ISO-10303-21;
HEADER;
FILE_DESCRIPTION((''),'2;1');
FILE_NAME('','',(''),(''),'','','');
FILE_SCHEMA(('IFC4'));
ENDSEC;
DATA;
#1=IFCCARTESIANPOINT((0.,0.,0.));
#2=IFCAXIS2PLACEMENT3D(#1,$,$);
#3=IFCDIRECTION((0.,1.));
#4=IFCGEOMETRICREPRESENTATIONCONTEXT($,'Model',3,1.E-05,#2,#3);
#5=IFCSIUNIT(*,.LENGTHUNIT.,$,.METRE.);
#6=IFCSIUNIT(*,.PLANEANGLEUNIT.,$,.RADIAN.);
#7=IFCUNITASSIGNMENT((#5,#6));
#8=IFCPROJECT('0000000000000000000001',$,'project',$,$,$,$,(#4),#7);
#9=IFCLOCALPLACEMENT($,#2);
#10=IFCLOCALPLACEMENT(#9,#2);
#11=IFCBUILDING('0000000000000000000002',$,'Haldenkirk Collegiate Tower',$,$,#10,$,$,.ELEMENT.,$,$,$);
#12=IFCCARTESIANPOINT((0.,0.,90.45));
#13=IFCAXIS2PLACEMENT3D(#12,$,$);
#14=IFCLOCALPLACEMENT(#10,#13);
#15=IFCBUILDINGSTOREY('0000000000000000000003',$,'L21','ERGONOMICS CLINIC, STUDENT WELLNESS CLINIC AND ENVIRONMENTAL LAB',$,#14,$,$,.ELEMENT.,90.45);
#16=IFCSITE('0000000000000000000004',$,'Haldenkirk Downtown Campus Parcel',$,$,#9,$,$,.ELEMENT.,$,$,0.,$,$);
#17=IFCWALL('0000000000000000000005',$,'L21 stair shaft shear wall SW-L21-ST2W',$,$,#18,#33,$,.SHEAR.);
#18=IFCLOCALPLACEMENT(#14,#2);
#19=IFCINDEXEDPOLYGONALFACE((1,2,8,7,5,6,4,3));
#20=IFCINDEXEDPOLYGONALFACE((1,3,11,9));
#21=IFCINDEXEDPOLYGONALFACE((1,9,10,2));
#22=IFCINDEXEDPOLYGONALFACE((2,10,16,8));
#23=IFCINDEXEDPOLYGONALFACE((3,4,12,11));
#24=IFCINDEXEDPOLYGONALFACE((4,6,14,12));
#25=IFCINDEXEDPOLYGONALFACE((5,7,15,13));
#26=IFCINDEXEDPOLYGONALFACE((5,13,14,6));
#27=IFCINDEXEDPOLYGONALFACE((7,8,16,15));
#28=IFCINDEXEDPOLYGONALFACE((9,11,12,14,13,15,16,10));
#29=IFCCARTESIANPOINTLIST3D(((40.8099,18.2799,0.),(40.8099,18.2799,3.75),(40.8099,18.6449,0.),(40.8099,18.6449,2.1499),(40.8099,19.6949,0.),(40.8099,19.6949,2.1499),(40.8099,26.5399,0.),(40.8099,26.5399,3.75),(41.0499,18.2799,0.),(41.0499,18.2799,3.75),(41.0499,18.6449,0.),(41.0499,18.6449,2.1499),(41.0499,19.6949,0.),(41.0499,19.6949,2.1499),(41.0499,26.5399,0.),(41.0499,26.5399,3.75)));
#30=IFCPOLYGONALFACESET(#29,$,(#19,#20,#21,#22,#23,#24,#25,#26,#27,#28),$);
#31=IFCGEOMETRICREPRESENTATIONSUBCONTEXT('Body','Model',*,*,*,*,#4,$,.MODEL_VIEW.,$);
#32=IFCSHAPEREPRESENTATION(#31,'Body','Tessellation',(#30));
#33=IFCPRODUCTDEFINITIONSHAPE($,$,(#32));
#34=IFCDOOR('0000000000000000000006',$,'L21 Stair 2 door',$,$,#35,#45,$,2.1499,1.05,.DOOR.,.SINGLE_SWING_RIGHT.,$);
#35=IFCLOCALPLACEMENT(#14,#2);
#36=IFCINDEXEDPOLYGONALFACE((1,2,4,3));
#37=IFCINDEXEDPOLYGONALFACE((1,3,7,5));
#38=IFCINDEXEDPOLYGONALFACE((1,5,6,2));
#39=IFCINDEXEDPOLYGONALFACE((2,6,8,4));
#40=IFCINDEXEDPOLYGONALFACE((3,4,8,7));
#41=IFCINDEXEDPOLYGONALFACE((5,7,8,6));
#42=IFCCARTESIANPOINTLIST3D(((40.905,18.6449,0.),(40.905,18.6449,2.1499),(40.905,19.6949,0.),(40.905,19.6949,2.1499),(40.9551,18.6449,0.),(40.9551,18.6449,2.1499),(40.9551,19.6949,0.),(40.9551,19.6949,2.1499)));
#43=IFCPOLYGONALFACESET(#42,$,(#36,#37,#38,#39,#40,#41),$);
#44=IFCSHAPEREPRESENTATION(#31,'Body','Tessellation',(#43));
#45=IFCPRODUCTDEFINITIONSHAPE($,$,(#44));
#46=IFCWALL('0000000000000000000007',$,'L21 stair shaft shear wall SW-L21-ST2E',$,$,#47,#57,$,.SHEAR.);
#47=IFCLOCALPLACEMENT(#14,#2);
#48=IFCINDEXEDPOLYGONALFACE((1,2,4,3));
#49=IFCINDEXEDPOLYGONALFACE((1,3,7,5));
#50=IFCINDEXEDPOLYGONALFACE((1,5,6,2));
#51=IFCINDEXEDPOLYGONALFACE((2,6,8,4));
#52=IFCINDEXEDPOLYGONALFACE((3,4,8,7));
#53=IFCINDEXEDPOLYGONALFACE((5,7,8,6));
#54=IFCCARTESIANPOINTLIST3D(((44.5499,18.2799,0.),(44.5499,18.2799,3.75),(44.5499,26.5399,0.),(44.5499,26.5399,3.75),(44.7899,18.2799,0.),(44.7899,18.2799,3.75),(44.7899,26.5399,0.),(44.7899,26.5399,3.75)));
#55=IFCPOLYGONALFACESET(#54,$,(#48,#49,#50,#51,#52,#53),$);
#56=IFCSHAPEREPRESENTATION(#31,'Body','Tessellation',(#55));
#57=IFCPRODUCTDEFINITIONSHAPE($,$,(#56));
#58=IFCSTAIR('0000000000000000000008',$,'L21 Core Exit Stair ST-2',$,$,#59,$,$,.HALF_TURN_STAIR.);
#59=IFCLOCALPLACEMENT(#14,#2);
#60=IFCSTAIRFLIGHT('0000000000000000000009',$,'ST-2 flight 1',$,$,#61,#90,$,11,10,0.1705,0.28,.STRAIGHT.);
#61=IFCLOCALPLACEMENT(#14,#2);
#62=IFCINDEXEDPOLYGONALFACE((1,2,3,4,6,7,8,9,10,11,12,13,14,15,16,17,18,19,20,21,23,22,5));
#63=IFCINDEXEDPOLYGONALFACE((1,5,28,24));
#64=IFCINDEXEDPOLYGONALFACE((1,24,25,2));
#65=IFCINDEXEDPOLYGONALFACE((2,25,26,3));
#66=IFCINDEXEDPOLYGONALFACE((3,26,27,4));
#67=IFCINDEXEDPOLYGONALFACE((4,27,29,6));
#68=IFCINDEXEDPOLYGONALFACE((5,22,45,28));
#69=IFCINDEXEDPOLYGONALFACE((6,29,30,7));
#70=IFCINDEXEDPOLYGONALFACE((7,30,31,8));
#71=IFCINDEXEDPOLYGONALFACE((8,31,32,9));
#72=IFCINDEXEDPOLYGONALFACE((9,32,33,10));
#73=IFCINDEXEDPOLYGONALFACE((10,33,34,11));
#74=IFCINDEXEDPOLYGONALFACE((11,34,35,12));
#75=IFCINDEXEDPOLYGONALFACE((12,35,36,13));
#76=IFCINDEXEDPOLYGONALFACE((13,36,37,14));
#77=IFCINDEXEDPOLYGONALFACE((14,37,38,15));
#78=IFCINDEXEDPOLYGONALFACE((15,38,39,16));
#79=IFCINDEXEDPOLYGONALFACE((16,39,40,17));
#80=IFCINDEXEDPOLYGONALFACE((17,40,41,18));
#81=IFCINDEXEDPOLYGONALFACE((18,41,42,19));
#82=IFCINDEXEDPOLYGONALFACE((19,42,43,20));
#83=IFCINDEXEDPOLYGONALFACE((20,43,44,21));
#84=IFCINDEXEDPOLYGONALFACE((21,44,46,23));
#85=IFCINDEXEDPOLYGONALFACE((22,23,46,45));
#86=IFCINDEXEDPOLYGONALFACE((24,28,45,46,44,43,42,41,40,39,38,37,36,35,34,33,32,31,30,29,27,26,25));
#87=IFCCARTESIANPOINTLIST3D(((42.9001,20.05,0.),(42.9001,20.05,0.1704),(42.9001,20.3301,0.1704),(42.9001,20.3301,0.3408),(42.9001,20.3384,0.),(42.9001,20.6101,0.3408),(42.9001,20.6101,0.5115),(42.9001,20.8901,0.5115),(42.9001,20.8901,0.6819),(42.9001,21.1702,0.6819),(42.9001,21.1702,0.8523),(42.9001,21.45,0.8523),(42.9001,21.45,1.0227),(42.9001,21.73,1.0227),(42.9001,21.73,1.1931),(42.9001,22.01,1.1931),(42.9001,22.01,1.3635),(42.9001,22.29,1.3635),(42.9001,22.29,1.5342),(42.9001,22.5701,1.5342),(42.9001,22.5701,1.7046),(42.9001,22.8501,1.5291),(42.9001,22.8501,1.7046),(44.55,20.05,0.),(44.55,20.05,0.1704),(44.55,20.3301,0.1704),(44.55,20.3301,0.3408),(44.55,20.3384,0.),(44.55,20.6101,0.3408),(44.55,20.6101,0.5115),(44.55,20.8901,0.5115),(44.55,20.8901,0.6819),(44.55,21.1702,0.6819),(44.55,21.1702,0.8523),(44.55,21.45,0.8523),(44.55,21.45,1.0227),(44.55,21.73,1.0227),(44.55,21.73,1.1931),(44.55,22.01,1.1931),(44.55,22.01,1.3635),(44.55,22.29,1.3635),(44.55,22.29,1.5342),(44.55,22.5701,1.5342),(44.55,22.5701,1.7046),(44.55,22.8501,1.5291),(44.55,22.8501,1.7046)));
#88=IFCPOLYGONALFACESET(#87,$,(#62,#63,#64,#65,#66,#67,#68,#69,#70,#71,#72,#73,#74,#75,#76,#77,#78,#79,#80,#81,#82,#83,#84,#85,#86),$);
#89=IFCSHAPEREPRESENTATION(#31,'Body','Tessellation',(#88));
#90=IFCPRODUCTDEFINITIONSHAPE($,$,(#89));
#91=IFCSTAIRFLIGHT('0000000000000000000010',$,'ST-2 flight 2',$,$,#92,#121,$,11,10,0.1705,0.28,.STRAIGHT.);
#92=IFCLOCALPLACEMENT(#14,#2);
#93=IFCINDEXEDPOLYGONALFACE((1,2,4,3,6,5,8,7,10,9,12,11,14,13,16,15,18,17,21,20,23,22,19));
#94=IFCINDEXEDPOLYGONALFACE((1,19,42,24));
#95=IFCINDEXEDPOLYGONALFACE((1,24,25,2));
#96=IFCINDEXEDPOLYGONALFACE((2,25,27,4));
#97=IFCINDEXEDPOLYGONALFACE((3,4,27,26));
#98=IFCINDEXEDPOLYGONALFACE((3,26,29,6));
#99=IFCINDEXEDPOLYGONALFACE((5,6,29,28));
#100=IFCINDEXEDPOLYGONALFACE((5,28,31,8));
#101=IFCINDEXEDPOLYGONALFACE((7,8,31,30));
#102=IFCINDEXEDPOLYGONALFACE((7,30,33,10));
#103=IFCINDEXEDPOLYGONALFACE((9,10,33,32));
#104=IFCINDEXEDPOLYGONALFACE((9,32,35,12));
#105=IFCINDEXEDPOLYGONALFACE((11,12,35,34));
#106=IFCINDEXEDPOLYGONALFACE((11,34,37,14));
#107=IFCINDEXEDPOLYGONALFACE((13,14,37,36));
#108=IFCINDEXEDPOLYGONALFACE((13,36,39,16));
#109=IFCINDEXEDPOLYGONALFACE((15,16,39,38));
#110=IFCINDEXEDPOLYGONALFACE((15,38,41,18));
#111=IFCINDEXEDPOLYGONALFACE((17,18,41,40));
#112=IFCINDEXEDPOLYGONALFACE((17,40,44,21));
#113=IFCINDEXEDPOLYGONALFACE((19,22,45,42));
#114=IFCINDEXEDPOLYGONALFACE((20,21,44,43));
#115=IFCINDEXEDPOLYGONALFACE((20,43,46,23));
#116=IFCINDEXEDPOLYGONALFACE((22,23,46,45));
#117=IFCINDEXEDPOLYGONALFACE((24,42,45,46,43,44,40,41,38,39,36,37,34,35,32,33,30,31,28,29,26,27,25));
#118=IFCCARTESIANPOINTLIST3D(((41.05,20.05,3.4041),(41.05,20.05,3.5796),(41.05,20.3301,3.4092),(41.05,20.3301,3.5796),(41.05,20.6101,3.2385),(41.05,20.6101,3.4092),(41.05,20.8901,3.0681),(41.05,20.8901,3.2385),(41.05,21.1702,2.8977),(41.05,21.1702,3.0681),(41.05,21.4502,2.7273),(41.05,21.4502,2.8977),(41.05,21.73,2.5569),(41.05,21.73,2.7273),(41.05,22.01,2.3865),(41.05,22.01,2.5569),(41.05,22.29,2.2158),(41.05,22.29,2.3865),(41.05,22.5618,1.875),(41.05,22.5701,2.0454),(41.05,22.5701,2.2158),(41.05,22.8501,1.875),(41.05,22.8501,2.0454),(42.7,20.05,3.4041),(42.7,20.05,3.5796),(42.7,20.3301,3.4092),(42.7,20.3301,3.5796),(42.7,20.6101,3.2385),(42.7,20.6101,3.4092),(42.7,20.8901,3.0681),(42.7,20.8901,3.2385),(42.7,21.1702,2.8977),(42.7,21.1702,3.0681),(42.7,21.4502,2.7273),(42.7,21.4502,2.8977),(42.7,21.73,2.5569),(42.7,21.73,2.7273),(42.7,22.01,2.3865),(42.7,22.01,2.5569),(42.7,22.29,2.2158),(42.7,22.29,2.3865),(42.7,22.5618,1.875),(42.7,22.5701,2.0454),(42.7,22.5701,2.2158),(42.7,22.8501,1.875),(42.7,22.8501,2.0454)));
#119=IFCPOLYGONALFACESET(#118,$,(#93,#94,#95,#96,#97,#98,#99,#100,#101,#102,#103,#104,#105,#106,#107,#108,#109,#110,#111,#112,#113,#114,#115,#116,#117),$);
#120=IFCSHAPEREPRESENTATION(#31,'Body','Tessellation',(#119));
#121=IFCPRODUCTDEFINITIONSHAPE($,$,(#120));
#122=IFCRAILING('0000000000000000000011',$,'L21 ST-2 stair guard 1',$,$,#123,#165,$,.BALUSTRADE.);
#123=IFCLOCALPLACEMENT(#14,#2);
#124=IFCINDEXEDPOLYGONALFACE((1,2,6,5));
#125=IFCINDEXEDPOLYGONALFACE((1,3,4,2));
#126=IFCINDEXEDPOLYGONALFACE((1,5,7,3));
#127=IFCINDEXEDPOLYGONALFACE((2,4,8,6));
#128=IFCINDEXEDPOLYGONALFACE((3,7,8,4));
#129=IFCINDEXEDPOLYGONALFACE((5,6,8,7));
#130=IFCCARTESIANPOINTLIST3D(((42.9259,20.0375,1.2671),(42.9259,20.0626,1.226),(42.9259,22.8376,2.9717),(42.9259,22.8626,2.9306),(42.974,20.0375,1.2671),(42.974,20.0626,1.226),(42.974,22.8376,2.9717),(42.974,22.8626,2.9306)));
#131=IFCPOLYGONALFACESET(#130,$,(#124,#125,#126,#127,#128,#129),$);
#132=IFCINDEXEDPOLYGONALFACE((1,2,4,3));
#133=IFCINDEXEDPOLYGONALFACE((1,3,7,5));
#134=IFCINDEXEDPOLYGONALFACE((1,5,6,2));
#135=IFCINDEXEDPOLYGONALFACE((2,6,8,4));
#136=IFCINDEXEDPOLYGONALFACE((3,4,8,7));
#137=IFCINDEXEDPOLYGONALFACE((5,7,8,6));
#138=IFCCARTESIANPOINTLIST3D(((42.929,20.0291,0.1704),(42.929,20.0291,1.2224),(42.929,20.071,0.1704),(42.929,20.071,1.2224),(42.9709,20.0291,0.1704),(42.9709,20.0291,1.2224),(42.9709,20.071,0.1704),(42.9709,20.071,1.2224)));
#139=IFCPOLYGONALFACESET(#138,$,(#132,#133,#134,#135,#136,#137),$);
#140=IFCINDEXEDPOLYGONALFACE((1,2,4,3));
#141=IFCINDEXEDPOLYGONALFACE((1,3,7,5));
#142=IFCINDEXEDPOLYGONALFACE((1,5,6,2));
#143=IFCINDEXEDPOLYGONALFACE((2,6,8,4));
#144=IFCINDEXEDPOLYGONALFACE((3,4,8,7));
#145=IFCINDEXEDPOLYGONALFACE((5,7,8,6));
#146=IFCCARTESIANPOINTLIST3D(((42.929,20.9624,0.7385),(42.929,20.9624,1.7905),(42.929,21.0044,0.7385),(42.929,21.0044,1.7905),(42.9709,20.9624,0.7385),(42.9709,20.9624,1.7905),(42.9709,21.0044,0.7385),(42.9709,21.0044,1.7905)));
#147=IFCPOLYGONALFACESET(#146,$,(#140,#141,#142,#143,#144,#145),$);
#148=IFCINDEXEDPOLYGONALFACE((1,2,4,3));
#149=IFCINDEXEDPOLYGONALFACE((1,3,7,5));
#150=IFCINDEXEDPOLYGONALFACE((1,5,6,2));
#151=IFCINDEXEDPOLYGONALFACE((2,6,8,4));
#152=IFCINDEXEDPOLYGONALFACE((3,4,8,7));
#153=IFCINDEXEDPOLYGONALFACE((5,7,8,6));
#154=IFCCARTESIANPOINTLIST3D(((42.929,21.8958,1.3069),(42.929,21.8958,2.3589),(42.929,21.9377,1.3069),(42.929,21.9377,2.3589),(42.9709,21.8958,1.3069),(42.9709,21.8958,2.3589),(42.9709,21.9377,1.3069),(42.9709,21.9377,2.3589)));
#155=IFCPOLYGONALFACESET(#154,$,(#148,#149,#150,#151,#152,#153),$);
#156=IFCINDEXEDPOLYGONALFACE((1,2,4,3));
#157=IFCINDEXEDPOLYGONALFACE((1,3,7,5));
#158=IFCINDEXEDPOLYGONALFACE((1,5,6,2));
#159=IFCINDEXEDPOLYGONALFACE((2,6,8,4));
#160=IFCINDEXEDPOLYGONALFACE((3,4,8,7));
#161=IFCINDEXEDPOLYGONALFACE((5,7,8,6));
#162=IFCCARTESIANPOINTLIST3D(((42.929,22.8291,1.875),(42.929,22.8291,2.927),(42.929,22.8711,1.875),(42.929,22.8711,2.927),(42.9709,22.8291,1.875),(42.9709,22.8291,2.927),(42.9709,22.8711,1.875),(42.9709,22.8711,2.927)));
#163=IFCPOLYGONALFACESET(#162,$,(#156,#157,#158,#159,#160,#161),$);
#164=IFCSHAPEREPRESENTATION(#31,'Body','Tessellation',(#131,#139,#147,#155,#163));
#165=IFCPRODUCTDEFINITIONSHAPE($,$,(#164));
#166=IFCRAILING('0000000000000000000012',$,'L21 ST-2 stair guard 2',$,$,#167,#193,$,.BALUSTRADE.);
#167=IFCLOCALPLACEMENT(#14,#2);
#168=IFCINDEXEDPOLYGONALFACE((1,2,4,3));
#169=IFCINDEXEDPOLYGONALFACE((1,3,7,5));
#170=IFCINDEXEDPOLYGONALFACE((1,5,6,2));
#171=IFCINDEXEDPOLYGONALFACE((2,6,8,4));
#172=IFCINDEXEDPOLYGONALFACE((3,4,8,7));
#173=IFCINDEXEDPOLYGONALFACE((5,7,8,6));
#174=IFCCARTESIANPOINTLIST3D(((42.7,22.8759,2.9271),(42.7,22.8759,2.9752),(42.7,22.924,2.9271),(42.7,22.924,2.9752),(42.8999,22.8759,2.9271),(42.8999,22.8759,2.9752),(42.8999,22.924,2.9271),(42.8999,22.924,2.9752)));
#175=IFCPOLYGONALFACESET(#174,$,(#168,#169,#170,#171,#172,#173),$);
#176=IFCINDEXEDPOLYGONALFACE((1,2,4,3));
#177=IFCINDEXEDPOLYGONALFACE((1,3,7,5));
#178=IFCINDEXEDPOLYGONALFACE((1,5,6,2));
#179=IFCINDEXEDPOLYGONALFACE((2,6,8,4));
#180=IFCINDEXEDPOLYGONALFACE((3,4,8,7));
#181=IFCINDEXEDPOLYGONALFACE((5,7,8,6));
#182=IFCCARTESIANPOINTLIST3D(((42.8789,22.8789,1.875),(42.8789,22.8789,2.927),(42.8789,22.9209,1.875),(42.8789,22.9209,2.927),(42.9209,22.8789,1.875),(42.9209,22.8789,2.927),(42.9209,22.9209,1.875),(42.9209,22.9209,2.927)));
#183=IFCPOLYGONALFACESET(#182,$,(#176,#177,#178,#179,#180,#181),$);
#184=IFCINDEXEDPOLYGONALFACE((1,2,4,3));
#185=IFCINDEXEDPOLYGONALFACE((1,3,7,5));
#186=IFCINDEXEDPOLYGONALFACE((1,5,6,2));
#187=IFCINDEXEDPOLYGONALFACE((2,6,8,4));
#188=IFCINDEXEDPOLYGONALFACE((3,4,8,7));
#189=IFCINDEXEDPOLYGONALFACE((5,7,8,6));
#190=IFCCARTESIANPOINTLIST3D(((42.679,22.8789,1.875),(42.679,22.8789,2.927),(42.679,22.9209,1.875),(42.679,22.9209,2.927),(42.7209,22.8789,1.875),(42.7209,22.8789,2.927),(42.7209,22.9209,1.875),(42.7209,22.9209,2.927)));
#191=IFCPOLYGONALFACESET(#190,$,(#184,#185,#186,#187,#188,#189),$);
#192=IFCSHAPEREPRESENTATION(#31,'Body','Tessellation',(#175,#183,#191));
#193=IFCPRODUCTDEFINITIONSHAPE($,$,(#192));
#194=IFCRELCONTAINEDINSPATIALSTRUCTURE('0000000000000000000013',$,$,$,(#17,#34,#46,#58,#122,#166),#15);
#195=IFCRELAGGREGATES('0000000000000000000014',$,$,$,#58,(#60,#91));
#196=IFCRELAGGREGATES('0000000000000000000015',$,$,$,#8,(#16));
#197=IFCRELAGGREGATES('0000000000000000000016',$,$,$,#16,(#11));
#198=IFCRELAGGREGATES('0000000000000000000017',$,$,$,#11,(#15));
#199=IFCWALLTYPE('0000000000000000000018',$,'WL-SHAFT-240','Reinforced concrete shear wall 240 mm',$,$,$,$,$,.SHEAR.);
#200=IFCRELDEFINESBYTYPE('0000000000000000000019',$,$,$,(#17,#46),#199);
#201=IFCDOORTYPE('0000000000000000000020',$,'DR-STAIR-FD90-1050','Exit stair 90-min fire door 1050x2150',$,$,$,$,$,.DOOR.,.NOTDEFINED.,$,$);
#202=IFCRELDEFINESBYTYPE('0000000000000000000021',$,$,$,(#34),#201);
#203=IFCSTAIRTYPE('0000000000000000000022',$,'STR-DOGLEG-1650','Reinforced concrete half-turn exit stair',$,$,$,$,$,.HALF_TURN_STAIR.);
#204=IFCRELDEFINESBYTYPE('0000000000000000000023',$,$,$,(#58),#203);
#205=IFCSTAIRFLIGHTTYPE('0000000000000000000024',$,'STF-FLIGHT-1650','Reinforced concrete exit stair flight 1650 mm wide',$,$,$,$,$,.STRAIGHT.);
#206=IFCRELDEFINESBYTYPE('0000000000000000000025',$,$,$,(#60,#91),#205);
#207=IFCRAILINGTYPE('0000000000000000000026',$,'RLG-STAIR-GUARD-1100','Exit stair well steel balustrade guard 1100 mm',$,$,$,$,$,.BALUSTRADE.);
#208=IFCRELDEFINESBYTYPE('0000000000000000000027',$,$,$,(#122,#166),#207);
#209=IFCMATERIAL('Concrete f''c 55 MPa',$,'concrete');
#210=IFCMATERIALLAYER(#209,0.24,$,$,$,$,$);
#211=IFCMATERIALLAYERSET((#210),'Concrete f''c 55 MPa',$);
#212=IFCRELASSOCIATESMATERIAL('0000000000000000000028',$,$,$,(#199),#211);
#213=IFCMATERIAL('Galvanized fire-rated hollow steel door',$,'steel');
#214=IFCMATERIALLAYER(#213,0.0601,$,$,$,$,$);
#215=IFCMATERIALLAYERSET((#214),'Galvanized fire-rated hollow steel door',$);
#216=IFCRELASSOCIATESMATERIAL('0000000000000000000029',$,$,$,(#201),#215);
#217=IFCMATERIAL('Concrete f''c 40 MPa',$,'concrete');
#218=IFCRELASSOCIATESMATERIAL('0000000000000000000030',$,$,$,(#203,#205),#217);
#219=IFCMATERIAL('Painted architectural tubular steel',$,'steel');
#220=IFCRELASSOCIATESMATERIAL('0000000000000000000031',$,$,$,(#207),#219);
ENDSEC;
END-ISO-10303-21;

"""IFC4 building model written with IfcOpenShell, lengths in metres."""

from ifc_helpers import new_model, si_unit, direction, frame, frame_2d, origin, origin_2d, place, context, subcontext, project, spatial, polyline, rectangle, outline, extrude, material, layer, layer_set, type_object, element, fill, aggregate, save


model = new_model("IFC4")

# Units and contexts
model_context = context("Model", 3, precision=1e-05, world=origin(), true_north=direction((0.0, 1.0)))
body_context = subcontext(model_context, "Body", "Model", "MODEL_VIEW")
ifc_project = project(units=[si_unit("LENGTHUNIT", "METRE"), si_unit("PLANEANGLEUNIT", "RADIAN")], contexts=[model_context])

# Site, building, storey
site_placement = place(None, origin())
site = spatial("IfcSite", under=ifc_project, at=site_placement, Name="Haldenkirk Downtown Campus Parcel", CompositionType="ELEMENT", RefElevation=0.0)
building_placement = place(site_placement, origin())
building = spatial("IfcBuilding", under=site, at=building_placement, Name="Haldenkirk Collegiate Tower", CompositionType="ELEMENT")
storey_placement = place(building_placement, frame((0.0, 0.0, 90.45)))
storey = spatial("IfcBuildingStorey", under=building, at=storey_placement, Name="L21", Description="ERGONOMICS CLINIC, STUDENT WELLNESS CLINIC AND ENVIRONMENTAL LAB", CompositionType="ELEMENT", Elevation=90.45)

# Shared definitions
ifc_material_1 = material(Name="Galvanized fire-rated hollow steel door", Category="steel")

# Wall, opening, door
ifc_material_2 = material(Name="Concrete f'c 55 MPa", Category="concrete")
ifc_layer_1 = layer(ifc_material_2, 0.24)
ifc_layer_set_1 = layer_set([ifc_layer_1], Name="Concrete f'c 55 MPa")
wall_type_1 = type_object("IfcWallType", Name="WL-SHAFT-240", Description="Reinforced concrete shear wall 240 mm", PredefinedType="SHEAR", material=ifc_layer_set_1)
wall_1_placement = place(storey_placement, frame((40.9299, 18.28, 0.0), z_axis=(0.0, 0.0, 1.0), x_axis=(0.0, 1.0, 0.0)))
wall_1 = element("IfcWall", 1, at=wall_1_placement, inside=storey, type_object=wall_type_1, Name="L21 stair shaft shear wall SW-L21-ST2W", PredefinedType="SHEAR", context=body_context, shape_type="SweptSolid", body=[
    extrude(rectangle(XDim=8.26, YDim=0.24, at=frame_2d((4.1299, 0.0))), origin(), (0.0, 0.0, 1.0), 3.75),
])
opening_1_placement = place(wall_1_placement, frame((0.365, 0.0, 0.0)))
opening_1 = element("IfcOpeningElement", 2, at=opening_1_placement, cuts=wall_1, PredefinedType="OPENING", context=body_context, shape_type="SweptSolid", body=[
    extrude(rectangle(XDim=1.05, YDim=2.1499, at=frame_2d((0.5249, 1.075))), frame((0.0, 0.1299, 0.0), z_axis=(0.0, -1.0, 0.0), x_axis=(1.0, 0.0, 0.0)), (0.0, 0.0, 1.0), 0.26),
])
ifc_layer_2 = layer(ifc_material_1, 0.0601)
ifc_layer_set_2 = layer_set([ifc_layer_2], Name="Galvanized fire-rated hollow steel door")
door_type_1 = type_object("IfcDoorType", Name="DR-STAIR-FD90-1050", Description="Exit stair 90-min fire door 1050x2150", OperationType="NOTDEFINED", PredefinedType="DOOR", material=ifc_layer_set_2)
door_1_placement = place(opening_1_placement, origin())
door_1 = element("IfcDoor", 3, at=door_1_placement, inside=storey, type_object=door_type_1, Name="L21 Stair 2 door", OperationType="SINGLE_SWING_RIGHT", OverallHeight=2.1499, OverallWidth=1.05, PredefinedType="DOOR", context=body_context, shape_type="SweptSolid", body=[
    extrude(rectangle(XDim=1.05, YDim=2.1499, at=frame_2d((0.5249, 1.075))), frame((0.0, 0.0249, 0.0), z_axis=(0.0, -1.0, 0.0), x_axis=(1.0, 0.0, 0.0)), (0.0, 0.0, 1.0), 0.05),
])
fill(opening_1, door_1)

# Wall
wall_2_placement = place(storey_placement, frame((44.6699, 18.28, 0.0), z_axis=(0.0, 0.0, 1.0), x_axis=(0.0, 1.0, 0.0)))
element("IfcWall", 4, at=wall_2_placement, inside=storey, type_object=wall_type_1, Name="L21 stair shaft shear wall SW-L21-ST2E", PredefinedType="SHEAR", context=body_context, shape_type="SweptSolid", body=[
    extrude(rectangle(XDim=8.26, YDim=0.24, at=frame_2d((4.1299, 0.0))), origin(), (0.0, 0.0, 1.0), 3.75),
])

# Stair, stair flights
ifc_material_3 = material(Name="Concrete f'c 40 MPa", Category="concrete")
stair_type = type_object("IfcStairType", Name="STR-DOGLEG-1650", Description="Reinforced concrete half-turn exit stair", PredefinedType="HALF_TURN_STAIR", material=ifc_material_3)
stair_placement = place(storey_placement, origin())
stair = element("IfcStair", 5, at=stair_placement, inside=storey, type_object=stair_type, Name="L21 Core Exit Stair ST-2", PredefinedType="HALF_TURN_STAIR")
stair_flight_type = type_object("IfcStairFlightType", Name="STF-FLIGHT-1650", Description="Reinforced concrete exit stair flight 1650 mm wide", PredefinedType="STRAIGHT", material=ifc_material_3)
stair_flight_1_placement = place(storey_placement, frame((43.7251, 20.05, 0.0), z_axis=(0.0, 0.0, 1.0), x_axis=(0.0, 1.0, 0.0)))
stair_flight_1 = element("IfcStairFlight", 6, at=stair_flight_1_placement, type_object=stair_flight_type, Name="ST-2 flight 1", NumberOfRisers=11, NumberOfTreads=10, PredefinedType="STRAIGHT", RiserHeight=0.1705, TreadLength=0.28, context=body_context, shape_type="SweptSolid", body=[
    extrude(outline(polyline([(0.0, 0.0), (0.0, 0.1704), (0.28, 0.1704), (0.28, 0.3408), (0.5601, 0.3408), (0.5601, 0.5115), (0.8401, 0.5115), (0.8401, 0.6819), (1.1201, 0.6819), (1.1201, 0.8523), (1.3999, 0.8523), (1.3999, 1.0227), (1.6799, 1.0227), (1.6799, 1.1931), (1.96, 1.1931), (1.96, 1.3635), (2.24, 1.3635), (2.24, 1.5342), (2.52, 1.5342), (2.52, 1.7046), (2.8, 1.7046), (2.8, 1.875), (2.8, 1.5291), (0.2883, 0.0), (0.0, 0.0)])), frame((0.0, 0.825, 0.0), z_axis=(0.0, -1.0, 0.0), x_axis=(1.0, 0.0, 0.0)), (0.0, 0.0, 1.0), 1.6499),
])
stair_flight_2_placement = place(storey_placement, frame((41.875, 22.8501, 1.875), z_axis=(0.0, 0.0, 1.0), x_axis=(0.0, -1.0, 0.0)))
stair_flight_2 = element("IfcStairFlight", 7, at=stair_flight_2_placement, type_object=stair_flight_type, Name="ST-2 flight 2", NumberOfRisers=11, NumberOfTreads=10, PredefinedType="STRAIGHT", RiserHeight=0.1705, TreadLength=0.28, context=body_context, shape_type="SweptSolid", body=[
    extrude(outline(polyline([(0.0, 0.0), (0.0, 0.1704), (0.28, 0.1704), (0.28, 0.3408), (0.5601, 0.3408), (0.5601, 0.5115), (0.8401, 0.5115), (0.8401, 0.6819), (1.1201, 0.6819), (1.1201, 0.8523), (1.3999, 0.8523), (1.3999, 1.0227), (1.6799, 1.0227), (1.6799, 1.1931), (1.96, 1.1931), (1.96, 1.3635), (2.24, 1.3635), (2.24, 1.5342), (2.52, 1.5342), (2.52, 1.7046), (2.8, 1.7046), (2.8, 1.875), (2.8, 1.5291), (0.2883, 0.0), (0.0, 0.0)])), frame((0.0, 0.825, 0.0), z_axis=(0.0, -1.0, 0.0), x_axis=(1.0, 0.0, 0.0)), (0.0, 0.0, 1.0), 1.6499),
])
aggregate(stair, [stair_flight_1, stair_flight_2])

# Railings
ifc_material_4 = material(Name="Painted architectural tubular steel", Category="steel")
railing_type_1 = type_object("IfcRailingType", Name="RLG-STAIR-GUARD-1100", Description="Exit stair well steel balustrade guard 1100 mm", PredefinedType="BALUSTRADE", material=ifc_material_4)
railing_1_placement = place(storey_placement, frame((42.95, 20.05, 0.1704)))
element("IfcRailing", 8, at=railing_1_placement, inside=storey, type_object=railing_type_1, Name="L21 ST-2 stair guard 1", PredefinedType="BALUSTRADE", context=body_context, shape_type="SweptSolid", body=[
    extrude(rectangle(XDim=0.0481, YDim=0.0481, at=origin_2d()), frame((0.0, 0.0, 1.0762), z_axis=(0.0, 0.85417, 0.519994), x_axis=(-1.0, 0.0, 0.0)), (0.0, 0.0, 1.0), 3.2781),
    extrude(rectangle(XDim=0.042, YDim=0.042, at=origin_2d()), origin(), (0.0, 0.0, 1.0), 1.052),
    extrude(rectangle(XDim=0.042, YDim=0.042, at=origin_2d()), frame((0.0, 0.9333, 0.5681)), (0.0, 0.0, 1.0), 1.052),
    extrude(rectangle(XDim=0.042, YDim=0.042, at=origin_2d()), frame((0.0, 1.8667, 1.1365)), (0.0, 0.0, 1.0), 1.052),
    extrude(rectangle(XDim=0.042, YDim=0.042, at=origin_2d()), frame((0.0, 2.8, 1.7046)), (0.0, 0.0, 1.0), 1.052),
])
railing_2_placement = place(storey_placement, frame((42.8999, 22.8999, 1.875)))
element("IfcRailing", 9, at=railing_2_placement, inside=storey, type_object=railing_type_1, Name="L21 ST-2 stair guard 2", PredefinedType="BALUSTRADE", context=body_context, shape_type="SweptSolid", body=[
    extrude(rectangle(XDim=0.0481, YDim=0.0481, at=origin_2d()), frame((0.0, 0.0, 1.0762), z_axis=(-1.0, 0.0, 0.0), x_axis=(0.0, -1.0, 0.0)), (0.0, 0.0, 1.0), 0.2),
    extrude(rectangle(XDim=0.042, YDim=0.042, at=origin_2d()), origin(), (0.0, 0.0, 1.0), 1.052),
    extrude(rectangle(XDim=0.042, YDim=0.042, at=origin_2d()), frame((-0.2, 0.0, 0.0)), (0.0, 0.0, 1.0), 1.052),
])

save(model, "model.ifc")
